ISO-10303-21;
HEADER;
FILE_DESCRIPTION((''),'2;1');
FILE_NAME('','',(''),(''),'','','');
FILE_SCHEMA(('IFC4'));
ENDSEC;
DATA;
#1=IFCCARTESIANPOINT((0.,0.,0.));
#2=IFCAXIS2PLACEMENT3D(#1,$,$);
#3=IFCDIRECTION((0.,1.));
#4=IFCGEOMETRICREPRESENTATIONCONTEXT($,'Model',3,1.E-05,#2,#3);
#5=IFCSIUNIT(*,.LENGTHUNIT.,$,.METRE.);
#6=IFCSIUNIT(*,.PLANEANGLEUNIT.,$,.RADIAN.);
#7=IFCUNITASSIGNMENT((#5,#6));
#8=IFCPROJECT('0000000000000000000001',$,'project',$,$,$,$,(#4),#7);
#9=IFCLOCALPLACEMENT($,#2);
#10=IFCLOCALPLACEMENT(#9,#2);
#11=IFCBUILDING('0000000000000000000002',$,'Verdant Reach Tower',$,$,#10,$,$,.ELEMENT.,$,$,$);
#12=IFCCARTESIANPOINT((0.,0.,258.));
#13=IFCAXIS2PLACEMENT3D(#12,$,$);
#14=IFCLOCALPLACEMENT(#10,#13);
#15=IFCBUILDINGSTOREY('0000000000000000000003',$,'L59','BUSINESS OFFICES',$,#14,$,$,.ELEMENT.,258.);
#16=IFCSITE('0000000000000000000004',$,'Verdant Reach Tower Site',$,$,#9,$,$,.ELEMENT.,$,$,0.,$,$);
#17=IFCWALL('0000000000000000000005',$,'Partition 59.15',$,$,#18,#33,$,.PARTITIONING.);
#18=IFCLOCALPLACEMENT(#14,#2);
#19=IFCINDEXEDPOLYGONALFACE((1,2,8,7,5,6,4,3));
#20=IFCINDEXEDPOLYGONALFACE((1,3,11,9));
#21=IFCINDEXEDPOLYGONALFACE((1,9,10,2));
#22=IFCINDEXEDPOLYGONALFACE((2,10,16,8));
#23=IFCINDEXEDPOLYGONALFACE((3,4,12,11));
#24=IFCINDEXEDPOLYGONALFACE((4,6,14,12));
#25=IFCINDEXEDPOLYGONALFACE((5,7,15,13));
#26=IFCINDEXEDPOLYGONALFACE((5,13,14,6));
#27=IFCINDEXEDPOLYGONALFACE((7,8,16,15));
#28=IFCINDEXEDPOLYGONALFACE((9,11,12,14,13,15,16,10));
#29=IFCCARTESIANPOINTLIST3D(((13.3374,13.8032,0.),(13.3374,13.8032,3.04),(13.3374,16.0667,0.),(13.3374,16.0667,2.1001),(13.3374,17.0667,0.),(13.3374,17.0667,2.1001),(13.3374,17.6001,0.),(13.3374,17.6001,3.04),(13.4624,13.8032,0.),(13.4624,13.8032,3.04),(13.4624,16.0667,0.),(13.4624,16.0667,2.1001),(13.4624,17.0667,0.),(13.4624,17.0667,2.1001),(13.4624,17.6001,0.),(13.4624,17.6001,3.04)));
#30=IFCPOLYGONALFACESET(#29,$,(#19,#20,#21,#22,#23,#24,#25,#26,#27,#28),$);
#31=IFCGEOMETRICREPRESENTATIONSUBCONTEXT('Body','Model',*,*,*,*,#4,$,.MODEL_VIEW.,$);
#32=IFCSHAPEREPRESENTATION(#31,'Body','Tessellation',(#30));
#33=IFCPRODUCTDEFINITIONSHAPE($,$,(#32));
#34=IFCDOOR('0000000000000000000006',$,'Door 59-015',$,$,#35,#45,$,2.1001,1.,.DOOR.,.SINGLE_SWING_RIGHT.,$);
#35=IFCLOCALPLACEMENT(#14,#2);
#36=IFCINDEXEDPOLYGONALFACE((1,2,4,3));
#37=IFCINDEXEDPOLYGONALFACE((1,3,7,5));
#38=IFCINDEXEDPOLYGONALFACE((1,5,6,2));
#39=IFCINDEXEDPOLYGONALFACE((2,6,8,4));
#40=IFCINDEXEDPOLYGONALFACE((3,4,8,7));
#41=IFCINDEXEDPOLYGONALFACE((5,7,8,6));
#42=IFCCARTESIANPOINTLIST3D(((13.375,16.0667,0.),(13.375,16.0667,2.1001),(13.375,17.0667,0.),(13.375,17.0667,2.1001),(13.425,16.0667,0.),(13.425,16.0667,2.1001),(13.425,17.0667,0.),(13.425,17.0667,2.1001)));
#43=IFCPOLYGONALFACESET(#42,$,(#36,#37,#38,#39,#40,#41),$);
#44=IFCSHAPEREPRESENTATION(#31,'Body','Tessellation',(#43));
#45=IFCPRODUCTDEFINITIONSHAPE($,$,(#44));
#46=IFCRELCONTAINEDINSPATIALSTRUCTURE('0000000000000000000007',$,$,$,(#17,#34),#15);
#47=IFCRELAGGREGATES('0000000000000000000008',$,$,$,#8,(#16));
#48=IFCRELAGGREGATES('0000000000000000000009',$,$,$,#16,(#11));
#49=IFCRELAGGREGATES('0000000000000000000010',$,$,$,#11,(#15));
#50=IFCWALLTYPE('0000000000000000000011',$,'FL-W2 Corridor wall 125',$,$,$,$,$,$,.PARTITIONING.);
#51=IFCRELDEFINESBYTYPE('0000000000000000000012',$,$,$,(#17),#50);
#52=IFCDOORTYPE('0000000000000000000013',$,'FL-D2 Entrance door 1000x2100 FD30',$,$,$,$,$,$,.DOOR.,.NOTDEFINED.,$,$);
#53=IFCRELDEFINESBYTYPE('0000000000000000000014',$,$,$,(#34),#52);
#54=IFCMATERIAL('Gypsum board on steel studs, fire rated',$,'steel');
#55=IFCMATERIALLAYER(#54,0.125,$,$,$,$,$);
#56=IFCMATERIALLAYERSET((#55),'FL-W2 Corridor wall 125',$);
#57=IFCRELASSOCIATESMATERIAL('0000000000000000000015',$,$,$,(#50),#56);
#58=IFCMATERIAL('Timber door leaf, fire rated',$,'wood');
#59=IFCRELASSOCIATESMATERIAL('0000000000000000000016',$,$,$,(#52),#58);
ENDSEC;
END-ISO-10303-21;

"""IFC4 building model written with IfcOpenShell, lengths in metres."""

from ifc_helpers import new_model, si_unit, direction, frame, frame_2d, origin, place, context, subcontext, project, spatial, rectangle, extrude, material, layer, layer_set, type_object, element, fill, save


model = new_model("IFC4")

# Units and contexts
model_context = context("Model", 3, precision=1e-05, world=origin(), true_north=direction((0.0, 1.0)))
body_context = subcontext(model_context, "Body", "Model", "MODEL_VIEW")
ifc_project = project(units=[si_unit("LENGTHUNIT", "METRE"), si_unit("PLANEANGLEUNIT", "RADIAN")], contexts=[model_context])

# Site, building, storey
site_placement = place(None, origin())
site = spatial("IfcSite", under=ifc_project, at=site_placement, Name="Verdant Reach Tower Site", CompositionType="ELEMENT", RefElevation=0.0)
building_placement = place(site_placement, origin())
building = spatial("IfcBuilding", under=site, at=building_placement, Name="Verdant Reach Tower", CompositionType="ELEMENT")
storey_placement = place(building_placement, frame((0.0, 0.0, 258.0)))
storey = spatial("IfcBuildingStorey", under=building, at=storey_placement, Name="L59", Description="BUSINESS OFFICES", CompositionType="ELEMENT", Elevation=258.0)

# Wall, opening, door
ifc_material_1 = material(Name="Gypsum board on steel studs, fire rated", Category="steel")
ifc_layer_1 = layer(ifc_material_1, 0.125)
ifc_layer_set_1 = layer_set([ifc_layer_1], Name="FL-W2 Corridor wall 125")
wall_type_1 = type_object("IfcWallType", Name="FL-W2 Corridor wall 125", PredefinedType="PARTITIONING", material=ifc_layer_set_1)
ifc_material_2 = material(Name="Timber door leaf, fire rated", Category="wood")
door_type_1 = type_object("IfcDoorType", Name="FL-D2 Entrance door 1000x2100 FD30", OperationType="NOTDEFINED", PredefinedType="DOOR", material=ifc_material_2)
wall_1_placement = place(storey_placement, frame((13.3999, 13.8032, 0.0), z_axis=(0.0, 0.0, 1.0), x_axis=(0.0, 1.0, 0.0)))
wall_1 = element("IfcWall", 1, at=wall_1_placement, inside=storey, type_object=wall_type_1, Name="Partition 59.15", PredefinedType="PARTITIONING", context=body_context, shape_type="SweptSolid", body=[
    extrude(rectangle(XDim=3.7969, YDim=0.125, at=frame_2d((1.8984, 0.0))), origin(), (0.0, 0.0, 1.0), 3.04),
])
opening_1_placement = place(wall_1_placement, frame((2.2634, 0.0, 0.0)))
opening_1 = element("IfcOpeningElement", 2, at=opening_1_placement, cuts=wall_1, PredefinedType="OPENING", context=body_context, shape_type="SweptSolid", body=[
    extrude(rectangle(XDim=1.0, YDim=2.1001, at=frame_2d((0.5, 1.05))), frame((0.0, 0.0725, 0.0), z_axis=(0.0, -1.0, 0.0), x_axis=(1.0, 0.0, 0.0)), (0.0, 0.0, 1.0), 0.145),
])
door_1_placement = place(opening_1_placement, origin())
door_1 = element("IfcDoor", 3, at=door_1_placement, inside=storey, type_object=door_type_1, Name="Door 59-015", OperationType="SINGLE_SWING_RIGHT", OverallHeight=2.1001, OverallWidth=1.0, PredefinedType="DOOR", context=body_context, shape_type="SweptSolid", body=[
    extrude(rectangle(XDim=1.0, YDim=2.1001, at=frame_2d((0.5, 1.05))), frame((0.0, 0.0249, 0.0), z_axis=(0.0, -1.0, 0.0), x_axis=(1.0, 0.0, 0.0)), (0.0, 0.0, 1.0), 0.05),
])
fill(opening_1, door_1)

save(model, "model.ifc")
